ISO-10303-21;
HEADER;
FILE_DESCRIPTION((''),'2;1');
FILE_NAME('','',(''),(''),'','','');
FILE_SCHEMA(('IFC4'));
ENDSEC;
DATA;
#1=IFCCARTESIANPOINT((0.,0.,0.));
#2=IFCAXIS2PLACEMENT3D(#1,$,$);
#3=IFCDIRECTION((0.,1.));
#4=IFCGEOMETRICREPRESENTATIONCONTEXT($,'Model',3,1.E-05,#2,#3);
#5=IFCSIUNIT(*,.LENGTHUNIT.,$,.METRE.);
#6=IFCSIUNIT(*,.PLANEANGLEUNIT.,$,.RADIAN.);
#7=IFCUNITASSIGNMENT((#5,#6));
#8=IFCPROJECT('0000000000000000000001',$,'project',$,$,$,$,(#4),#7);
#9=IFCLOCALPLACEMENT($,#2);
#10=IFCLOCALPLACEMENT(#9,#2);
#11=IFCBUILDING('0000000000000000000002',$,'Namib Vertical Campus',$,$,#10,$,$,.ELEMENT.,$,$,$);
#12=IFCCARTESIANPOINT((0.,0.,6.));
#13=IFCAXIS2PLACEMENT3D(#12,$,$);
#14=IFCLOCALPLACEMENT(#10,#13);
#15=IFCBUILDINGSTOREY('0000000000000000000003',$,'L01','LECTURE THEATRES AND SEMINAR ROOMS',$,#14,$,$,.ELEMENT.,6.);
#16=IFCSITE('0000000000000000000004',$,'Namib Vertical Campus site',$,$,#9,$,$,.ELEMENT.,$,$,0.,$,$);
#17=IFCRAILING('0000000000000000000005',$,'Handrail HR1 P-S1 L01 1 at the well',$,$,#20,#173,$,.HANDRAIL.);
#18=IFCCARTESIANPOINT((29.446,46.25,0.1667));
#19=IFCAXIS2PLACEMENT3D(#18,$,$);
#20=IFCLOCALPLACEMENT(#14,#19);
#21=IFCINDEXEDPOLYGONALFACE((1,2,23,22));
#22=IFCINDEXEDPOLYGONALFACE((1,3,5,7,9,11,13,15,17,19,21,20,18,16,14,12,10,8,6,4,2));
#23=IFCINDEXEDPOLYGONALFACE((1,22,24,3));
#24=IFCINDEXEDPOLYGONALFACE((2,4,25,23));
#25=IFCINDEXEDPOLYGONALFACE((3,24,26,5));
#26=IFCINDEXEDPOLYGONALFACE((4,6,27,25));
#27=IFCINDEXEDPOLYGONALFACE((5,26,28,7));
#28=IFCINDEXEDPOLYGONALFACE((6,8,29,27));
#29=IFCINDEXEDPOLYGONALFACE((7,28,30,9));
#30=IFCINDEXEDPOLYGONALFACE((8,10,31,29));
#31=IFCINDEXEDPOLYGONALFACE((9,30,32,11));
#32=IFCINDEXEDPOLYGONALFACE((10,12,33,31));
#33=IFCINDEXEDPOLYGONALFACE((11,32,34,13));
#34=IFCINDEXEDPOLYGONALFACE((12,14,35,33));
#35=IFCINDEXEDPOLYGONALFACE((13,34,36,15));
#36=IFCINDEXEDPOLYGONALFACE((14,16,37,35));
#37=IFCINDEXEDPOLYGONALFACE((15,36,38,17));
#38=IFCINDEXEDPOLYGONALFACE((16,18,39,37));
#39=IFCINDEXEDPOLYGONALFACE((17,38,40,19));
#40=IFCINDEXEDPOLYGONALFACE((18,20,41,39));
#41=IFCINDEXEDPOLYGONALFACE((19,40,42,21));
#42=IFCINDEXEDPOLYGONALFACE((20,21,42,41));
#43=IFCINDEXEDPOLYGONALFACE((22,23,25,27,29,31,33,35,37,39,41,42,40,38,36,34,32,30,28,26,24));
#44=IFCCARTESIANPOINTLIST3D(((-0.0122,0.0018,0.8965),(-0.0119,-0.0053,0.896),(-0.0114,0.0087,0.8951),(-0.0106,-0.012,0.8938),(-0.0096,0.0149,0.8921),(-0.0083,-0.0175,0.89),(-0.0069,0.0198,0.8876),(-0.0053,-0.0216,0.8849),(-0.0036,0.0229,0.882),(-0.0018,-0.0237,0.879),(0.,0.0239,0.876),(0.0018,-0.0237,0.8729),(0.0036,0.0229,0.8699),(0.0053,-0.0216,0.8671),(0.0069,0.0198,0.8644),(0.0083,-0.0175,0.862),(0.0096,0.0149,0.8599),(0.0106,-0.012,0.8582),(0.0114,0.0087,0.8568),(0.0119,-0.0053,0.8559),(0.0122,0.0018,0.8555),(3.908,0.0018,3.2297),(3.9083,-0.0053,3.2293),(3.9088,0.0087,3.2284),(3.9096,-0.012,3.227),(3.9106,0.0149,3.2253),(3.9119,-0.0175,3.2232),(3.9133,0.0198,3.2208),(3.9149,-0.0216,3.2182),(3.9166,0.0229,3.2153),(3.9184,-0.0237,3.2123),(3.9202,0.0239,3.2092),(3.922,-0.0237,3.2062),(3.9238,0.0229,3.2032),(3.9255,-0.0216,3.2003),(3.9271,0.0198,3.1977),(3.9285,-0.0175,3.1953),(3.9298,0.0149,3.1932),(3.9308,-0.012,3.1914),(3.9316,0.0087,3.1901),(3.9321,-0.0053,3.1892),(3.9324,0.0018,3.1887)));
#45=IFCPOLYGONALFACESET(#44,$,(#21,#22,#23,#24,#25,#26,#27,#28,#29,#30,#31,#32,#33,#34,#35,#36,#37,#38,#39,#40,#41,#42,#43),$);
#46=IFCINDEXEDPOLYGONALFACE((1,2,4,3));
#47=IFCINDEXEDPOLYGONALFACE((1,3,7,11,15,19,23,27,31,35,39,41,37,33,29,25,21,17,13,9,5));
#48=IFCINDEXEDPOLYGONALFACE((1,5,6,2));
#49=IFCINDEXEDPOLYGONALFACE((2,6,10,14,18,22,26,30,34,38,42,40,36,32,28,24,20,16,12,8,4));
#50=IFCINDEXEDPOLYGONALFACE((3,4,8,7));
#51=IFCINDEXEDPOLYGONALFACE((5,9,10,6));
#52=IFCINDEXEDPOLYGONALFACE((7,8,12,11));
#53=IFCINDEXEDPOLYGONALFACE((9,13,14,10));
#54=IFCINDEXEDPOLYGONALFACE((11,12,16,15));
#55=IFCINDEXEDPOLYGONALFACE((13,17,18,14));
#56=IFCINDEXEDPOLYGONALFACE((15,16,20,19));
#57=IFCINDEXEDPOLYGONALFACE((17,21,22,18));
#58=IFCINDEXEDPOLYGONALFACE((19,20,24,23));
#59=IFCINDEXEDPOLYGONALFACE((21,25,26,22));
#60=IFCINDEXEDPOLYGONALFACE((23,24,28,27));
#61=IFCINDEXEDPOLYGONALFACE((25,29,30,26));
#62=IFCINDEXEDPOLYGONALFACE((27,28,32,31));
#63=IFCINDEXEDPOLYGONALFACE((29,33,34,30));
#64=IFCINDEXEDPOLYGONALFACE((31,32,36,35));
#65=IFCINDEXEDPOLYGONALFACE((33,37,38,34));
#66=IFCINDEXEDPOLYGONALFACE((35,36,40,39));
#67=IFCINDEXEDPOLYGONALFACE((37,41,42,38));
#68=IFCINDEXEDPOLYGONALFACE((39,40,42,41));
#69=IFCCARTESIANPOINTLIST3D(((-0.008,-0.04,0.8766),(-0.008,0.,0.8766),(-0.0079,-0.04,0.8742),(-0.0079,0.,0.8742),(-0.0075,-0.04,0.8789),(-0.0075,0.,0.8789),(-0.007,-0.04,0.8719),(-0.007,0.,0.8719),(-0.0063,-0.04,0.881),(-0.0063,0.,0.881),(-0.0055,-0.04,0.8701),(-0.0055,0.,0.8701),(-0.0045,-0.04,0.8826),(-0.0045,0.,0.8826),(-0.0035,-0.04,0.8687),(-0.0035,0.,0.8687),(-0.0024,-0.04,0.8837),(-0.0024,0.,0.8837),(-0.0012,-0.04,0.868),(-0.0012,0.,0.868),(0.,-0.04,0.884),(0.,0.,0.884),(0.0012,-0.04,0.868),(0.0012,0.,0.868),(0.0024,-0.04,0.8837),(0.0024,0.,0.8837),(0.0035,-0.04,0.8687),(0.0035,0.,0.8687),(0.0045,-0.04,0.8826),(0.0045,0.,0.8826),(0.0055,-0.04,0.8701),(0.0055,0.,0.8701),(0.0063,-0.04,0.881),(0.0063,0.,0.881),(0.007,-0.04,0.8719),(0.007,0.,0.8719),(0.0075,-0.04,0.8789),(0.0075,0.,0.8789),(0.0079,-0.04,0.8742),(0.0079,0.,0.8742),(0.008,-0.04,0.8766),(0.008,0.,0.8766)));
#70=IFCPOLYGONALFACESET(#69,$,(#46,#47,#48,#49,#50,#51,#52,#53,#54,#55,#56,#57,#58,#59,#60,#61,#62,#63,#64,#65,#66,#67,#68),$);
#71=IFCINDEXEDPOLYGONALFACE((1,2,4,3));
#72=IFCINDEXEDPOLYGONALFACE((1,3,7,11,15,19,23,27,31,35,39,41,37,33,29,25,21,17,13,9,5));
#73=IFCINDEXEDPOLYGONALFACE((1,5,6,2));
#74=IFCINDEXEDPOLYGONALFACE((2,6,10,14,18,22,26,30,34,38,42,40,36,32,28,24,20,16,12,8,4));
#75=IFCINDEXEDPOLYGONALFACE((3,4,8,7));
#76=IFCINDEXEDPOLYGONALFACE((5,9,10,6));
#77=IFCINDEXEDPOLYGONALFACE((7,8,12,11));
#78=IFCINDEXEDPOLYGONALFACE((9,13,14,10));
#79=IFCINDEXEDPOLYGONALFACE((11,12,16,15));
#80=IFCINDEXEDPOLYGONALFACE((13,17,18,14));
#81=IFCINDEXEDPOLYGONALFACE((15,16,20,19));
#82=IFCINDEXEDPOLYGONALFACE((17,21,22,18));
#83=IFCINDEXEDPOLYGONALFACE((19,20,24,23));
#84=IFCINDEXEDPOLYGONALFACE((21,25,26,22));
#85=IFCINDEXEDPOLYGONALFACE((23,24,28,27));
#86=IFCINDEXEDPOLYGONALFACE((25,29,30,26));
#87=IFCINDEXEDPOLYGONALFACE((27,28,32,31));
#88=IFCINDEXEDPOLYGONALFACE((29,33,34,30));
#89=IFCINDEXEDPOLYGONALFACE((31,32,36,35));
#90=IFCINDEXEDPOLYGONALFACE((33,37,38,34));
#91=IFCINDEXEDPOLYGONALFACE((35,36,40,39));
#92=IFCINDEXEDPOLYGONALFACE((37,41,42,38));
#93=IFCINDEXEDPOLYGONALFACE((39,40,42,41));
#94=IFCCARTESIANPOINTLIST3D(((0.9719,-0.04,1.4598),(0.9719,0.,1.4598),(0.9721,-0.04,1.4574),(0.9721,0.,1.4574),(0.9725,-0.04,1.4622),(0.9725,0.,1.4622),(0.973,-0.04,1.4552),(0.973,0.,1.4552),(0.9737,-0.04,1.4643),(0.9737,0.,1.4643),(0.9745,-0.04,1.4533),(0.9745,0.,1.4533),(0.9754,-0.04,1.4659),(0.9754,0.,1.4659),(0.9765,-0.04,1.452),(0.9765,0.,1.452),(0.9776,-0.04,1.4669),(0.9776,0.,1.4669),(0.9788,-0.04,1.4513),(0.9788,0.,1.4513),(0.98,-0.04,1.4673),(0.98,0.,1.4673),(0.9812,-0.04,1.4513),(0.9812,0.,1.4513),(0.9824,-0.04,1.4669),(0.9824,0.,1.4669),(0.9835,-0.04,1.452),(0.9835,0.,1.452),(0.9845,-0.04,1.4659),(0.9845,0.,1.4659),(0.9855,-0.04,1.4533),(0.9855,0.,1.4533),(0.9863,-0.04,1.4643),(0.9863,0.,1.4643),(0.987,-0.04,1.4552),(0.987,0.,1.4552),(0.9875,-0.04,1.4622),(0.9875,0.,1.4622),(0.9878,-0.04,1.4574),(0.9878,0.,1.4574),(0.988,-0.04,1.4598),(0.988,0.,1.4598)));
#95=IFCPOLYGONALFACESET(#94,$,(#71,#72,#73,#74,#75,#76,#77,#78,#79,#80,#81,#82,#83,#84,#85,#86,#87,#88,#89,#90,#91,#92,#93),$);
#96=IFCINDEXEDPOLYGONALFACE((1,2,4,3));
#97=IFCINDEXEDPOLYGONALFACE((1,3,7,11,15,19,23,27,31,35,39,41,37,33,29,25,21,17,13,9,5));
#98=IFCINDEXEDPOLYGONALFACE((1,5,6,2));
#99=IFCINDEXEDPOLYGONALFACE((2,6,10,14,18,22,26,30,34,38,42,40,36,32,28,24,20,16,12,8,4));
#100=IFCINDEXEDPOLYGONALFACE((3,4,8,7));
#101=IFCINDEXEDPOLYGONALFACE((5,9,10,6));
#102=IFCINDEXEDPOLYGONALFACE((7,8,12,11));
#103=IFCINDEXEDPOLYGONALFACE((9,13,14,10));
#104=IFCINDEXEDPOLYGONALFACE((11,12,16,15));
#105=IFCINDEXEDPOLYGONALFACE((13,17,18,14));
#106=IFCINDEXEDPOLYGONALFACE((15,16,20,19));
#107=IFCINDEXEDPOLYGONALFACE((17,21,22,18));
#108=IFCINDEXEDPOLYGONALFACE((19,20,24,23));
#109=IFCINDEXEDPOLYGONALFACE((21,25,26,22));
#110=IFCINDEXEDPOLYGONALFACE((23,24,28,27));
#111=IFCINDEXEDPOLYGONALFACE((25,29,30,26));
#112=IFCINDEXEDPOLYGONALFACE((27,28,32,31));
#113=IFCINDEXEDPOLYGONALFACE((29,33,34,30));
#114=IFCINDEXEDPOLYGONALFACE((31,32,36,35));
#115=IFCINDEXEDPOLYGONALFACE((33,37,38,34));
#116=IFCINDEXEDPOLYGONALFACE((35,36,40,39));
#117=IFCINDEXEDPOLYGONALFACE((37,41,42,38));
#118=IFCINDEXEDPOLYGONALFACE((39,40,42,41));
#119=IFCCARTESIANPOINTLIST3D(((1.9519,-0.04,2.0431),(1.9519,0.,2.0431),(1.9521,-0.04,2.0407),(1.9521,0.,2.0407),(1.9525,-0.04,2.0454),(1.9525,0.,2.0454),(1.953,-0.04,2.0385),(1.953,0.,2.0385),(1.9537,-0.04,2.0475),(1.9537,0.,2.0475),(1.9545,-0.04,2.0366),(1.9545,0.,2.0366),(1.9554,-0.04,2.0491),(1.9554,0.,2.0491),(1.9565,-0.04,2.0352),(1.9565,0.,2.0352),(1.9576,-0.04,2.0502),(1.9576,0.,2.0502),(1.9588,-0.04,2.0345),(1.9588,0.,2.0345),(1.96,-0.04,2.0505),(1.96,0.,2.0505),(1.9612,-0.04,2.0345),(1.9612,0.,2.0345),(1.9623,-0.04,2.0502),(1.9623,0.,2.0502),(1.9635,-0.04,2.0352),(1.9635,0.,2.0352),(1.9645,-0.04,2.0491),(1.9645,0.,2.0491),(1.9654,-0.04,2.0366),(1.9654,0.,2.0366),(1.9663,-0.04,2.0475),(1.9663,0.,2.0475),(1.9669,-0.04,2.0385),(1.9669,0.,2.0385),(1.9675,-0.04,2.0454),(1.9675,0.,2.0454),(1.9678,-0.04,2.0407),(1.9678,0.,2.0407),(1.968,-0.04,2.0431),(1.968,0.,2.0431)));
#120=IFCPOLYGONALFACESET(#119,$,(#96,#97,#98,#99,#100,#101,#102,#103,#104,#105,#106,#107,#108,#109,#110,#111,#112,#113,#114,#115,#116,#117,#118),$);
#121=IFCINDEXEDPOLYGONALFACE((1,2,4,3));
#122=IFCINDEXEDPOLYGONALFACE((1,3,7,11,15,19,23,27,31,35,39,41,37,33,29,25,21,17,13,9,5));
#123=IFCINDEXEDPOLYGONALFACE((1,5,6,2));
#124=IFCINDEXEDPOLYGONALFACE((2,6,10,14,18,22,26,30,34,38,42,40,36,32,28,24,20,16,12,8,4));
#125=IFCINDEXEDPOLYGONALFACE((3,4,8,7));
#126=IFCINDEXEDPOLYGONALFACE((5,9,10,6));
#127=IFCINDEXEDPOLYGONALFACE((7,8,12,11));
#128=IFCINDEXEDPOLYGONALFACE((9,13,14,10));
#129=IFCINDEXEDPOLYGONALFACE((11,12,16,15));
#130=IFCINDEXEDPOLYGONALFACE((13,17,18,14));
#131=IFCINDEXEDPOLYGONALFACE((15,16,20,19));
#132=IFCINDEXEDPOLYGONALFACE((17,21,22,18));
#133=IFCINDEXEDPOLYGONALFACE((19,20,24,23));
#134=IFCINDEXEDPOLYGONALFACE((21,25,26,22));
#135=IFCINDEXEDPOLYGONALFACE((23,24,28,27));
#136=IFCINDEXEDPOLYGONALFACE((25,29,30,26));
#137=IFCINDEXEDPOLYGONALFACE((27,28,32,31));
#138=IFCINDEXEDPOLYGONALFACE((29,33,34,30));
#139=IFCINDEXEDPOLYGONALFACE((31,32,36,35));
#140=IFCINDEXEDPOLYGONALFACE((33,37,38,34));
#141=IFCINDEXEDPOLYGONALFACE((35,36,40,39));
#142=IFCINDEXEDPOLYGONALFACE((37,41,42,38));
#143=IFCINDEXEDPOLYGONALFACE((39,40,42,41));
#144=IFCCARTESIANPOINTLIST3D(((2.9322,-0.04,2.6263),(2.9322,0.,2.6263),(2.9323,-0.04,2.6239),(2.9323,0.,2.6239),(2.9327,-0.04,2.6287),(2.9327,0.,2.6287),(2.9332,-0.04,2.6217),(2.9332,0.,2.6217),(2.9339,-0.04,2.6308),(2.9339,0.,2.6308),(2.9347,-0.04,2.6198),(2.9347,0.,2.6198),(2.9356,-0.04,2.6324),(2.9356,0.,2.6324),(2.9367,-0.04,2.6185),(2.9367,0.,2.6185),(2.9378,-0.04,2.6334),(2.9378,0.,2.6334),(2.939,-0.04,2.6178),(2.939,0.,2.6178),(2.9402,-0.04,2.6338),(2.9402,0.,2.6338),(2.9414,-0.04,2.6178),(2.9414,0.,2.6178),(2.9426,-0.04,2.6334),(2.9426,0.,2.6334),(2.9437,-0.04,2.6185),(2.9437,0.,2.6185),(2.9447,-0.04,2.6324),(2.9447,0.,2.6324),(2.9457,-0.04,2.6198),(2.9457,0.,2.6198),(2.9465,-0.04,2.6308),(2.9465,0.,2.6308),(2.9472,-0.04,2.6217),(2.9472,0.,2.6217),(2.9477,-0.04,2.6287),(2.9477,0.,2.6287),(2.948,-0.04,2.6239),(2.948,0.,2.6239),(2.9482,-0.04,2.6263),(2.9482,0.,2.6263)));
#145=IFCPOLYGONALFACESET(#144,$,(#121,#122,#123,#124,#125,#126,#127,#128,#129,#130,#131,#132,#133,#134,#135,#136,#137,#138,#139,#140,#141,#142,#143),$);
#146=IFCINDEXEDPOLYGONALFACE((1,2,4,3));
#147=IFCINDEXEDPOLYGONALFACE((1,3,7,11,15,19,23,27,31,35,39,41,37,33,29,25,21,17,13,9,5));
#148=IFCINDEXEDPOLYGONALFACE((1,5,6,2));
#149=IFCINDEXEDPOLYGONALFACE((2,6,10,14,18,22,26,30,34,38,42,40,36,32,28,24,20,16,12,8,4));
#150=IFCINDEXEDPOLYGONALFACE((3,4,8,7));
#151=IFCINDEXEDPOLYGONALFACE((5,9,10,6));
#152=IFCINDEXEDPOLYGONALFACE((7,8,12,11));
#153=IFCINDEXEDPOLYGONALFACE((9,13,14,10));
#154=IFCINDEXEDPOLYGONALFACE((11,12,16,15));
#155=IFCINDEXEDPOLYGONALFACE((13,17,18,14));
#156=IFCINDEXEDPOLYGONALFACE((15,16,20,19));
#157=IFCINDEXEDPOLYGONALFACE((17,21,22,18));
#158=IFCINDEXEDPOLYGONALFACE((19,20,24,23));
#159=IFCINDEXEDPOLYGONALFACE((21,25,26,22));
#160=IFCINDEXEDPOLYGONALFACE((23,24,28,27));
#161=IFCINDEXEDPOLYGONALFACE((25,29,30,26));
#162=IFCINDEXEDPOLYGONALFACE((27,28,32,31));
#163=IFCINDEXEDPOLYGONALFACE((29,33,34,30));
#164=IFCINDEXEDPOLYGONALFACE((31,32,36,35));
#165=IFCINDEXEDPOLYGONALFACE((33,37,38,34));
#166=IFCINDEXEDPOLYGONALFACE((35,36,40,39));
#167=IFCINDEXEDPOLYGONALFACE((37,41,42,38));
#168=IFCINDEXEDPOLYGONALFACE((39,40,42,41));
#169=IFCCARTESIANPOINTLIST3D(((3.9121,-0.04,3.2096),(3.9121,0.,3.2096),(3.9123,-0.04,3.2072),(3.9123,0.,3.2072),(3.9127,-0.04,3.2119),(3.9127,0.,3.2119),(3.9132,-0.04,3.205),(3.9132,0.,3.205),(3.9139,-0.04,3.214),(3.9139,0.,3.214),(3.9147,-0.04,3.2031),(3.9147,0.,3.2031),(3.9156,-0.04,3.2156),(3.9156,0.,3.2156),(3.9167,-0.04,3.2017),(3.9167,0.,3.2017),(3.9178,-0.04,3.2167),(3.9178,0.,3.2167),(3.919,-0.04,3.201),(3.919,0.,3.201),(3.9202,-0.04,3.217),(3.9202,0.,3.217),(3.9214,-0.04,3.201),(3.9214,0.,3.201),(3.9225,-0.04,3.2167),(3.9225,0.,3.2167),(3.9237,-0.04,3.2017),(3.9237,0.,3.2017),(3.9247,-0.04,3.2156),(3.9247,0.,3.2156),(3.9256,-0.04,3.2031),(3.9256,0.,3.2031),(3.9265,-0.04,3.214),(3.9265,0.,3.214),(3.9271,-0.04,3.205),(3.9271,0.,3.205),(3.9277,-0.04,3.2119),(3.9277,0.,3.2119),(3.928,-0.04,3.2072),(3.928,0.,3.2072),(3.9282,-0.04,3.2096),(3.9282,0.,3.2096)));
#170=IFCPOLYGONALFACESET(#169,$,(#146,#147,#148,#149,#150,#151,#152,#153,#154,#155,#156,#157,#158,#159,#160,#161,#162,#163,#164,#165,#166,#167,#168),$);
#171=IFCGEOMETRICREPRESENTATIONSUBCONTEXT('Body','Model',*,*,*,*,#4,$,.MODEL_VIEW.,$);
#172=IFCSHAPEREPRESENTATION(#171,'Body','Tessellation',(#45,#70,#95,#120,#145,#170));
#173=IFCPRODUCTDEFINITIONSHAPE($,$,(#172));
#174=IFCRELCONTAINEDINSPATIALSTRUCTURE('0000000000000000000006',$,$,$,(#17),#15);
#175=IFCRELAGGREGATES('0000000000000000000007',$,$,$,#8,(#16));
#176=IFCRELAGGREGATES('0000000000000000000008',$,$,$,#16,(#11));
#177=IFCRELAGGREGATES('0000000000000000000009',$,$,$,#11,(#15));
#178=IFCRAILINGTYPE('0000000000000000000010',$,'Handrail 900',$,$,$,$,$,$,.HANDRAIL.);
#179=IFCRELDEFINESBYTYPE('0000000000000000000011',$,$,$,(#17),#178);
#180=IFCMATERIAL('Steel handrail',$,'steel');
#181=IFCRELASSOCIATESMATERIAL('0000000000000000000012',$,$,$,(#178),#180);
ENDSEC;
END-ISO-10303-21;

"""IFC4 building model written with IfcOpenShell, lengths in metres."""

from ifc_helpers import new_model, si_unit, direction, frame, origin, origin_2d, place, context, subcontext, project, spatial, circle, extrude, material, type_object, element, save


model = new_model("IFC4")

# Units and contexts
model_context = context("Model", 3, precision=1e-05, world=origin(), true_north=direction((0.0, 1.0)))
body_context = subcontext(model_context, "Body", "Model", "MODEL_VIEW")
ifc_project = project(units=[si_unit("LENGTHUNIT", "METRE"), si_unit("PLANEANGLEUNIT", "RADIAN")], contexts=[model_context])

# Site, building, storey
site_placement = place(None, origin())
site = spatial("IfcSite", under=ifc_project, at=site_placement, Name="Namib Vertical Campus site", CompositionType="ELEMENT", RefElevation=0.0)
building_placement = place(site_placement, origin())
building = spatial("IfcBuilding", under=site, at=building_placement, Name="Namib Vertical Campus", CompositionType="ELEMENT")
storey_placement = place(building_placement, frame((0.0, 0.0, 6.0)))
storey = spatial("IfcBuildingStorey", under=building, at=storey_placement, Name="L01", Description="LECTURE THEATRES AND SEMINAR ROOMS", CompositionType="ELEMENT", Elevation=6.0)

# Railing
ifc_material_1 = material(Name="Steel handrail", Category="steel")
railing_type_1 = type_object("IfcRailingType", Name="Handrail 900", PredefinedType="HANDRAIL", material=ifc_material_1)
railing_1_placement = place(storey_placement, frame((29.446, 46.25, 0.1667)))
element("IfcRailing", 1, at=railing_1_placement, inside=storey, type_object=railing_type_1, Name="Handrail HR1 P-S1 L01 1 at the well", PredefinedType="HANDRAIL", context=body_context, shape_type="SweptSolid", body=[
    extrude(circle(Radius=0.0239, at=origin_2d()), frame((0.0, 0.0, 0.876), z_axis=(0.85931, 0.0, 0.511455), x_axis=(0.0, 1.0, 0.0)), (0.0, 0.0, 1.0), 4.562),
    extrude(circle(Radius=0.0081, at=origin_2d()), frame((0.0, 0.0, 0.876), z_axis=(0.0, -1.0, 0.0), x_axis=(0.0, 0.0, 1.0)), (0.0, 0.0, 1.0), 0.04),
    extrude(circle(Radius=0.0081, at=origin_2d()), frame((0.98, 0.0, 1.4592), z_axis=(0.0, -1.0, 0.0), x_axis=(0.0, 0.0, 1.0)), (0.0, 0.0, 1.0), 0.04),
    extrude(circle(Radius=0.0081, at=origin_2d()), frame((1.96, 0.0, 2.0425), z_axis=(0.0, -1.0, 0.0), x_axis=(0.0, 0.0, 1.0)), (0.0, 0.0, 1.0), 0.04),
    extrude(circle(Radius=0.0081, at=origin_2d()), frame((2.9402, 0.0, 2.6257), z_axis=(0.0, -1.0, 0.0), x_axis=(0.0, 0.0, 1.0)), (0.0, 0.0, 1.0), 0.04),
    extrude(circle(Radius=0.0081, at=origin_2d()), frame((3.9202, 0.0, 3.209), z_axis=(0.0, -1.0, 0.0), x_axis=(0.0, 0.0, 1.0)), (0.0, 0.0, 1.0), 0.04),
])

save(model, "model.ifc")
